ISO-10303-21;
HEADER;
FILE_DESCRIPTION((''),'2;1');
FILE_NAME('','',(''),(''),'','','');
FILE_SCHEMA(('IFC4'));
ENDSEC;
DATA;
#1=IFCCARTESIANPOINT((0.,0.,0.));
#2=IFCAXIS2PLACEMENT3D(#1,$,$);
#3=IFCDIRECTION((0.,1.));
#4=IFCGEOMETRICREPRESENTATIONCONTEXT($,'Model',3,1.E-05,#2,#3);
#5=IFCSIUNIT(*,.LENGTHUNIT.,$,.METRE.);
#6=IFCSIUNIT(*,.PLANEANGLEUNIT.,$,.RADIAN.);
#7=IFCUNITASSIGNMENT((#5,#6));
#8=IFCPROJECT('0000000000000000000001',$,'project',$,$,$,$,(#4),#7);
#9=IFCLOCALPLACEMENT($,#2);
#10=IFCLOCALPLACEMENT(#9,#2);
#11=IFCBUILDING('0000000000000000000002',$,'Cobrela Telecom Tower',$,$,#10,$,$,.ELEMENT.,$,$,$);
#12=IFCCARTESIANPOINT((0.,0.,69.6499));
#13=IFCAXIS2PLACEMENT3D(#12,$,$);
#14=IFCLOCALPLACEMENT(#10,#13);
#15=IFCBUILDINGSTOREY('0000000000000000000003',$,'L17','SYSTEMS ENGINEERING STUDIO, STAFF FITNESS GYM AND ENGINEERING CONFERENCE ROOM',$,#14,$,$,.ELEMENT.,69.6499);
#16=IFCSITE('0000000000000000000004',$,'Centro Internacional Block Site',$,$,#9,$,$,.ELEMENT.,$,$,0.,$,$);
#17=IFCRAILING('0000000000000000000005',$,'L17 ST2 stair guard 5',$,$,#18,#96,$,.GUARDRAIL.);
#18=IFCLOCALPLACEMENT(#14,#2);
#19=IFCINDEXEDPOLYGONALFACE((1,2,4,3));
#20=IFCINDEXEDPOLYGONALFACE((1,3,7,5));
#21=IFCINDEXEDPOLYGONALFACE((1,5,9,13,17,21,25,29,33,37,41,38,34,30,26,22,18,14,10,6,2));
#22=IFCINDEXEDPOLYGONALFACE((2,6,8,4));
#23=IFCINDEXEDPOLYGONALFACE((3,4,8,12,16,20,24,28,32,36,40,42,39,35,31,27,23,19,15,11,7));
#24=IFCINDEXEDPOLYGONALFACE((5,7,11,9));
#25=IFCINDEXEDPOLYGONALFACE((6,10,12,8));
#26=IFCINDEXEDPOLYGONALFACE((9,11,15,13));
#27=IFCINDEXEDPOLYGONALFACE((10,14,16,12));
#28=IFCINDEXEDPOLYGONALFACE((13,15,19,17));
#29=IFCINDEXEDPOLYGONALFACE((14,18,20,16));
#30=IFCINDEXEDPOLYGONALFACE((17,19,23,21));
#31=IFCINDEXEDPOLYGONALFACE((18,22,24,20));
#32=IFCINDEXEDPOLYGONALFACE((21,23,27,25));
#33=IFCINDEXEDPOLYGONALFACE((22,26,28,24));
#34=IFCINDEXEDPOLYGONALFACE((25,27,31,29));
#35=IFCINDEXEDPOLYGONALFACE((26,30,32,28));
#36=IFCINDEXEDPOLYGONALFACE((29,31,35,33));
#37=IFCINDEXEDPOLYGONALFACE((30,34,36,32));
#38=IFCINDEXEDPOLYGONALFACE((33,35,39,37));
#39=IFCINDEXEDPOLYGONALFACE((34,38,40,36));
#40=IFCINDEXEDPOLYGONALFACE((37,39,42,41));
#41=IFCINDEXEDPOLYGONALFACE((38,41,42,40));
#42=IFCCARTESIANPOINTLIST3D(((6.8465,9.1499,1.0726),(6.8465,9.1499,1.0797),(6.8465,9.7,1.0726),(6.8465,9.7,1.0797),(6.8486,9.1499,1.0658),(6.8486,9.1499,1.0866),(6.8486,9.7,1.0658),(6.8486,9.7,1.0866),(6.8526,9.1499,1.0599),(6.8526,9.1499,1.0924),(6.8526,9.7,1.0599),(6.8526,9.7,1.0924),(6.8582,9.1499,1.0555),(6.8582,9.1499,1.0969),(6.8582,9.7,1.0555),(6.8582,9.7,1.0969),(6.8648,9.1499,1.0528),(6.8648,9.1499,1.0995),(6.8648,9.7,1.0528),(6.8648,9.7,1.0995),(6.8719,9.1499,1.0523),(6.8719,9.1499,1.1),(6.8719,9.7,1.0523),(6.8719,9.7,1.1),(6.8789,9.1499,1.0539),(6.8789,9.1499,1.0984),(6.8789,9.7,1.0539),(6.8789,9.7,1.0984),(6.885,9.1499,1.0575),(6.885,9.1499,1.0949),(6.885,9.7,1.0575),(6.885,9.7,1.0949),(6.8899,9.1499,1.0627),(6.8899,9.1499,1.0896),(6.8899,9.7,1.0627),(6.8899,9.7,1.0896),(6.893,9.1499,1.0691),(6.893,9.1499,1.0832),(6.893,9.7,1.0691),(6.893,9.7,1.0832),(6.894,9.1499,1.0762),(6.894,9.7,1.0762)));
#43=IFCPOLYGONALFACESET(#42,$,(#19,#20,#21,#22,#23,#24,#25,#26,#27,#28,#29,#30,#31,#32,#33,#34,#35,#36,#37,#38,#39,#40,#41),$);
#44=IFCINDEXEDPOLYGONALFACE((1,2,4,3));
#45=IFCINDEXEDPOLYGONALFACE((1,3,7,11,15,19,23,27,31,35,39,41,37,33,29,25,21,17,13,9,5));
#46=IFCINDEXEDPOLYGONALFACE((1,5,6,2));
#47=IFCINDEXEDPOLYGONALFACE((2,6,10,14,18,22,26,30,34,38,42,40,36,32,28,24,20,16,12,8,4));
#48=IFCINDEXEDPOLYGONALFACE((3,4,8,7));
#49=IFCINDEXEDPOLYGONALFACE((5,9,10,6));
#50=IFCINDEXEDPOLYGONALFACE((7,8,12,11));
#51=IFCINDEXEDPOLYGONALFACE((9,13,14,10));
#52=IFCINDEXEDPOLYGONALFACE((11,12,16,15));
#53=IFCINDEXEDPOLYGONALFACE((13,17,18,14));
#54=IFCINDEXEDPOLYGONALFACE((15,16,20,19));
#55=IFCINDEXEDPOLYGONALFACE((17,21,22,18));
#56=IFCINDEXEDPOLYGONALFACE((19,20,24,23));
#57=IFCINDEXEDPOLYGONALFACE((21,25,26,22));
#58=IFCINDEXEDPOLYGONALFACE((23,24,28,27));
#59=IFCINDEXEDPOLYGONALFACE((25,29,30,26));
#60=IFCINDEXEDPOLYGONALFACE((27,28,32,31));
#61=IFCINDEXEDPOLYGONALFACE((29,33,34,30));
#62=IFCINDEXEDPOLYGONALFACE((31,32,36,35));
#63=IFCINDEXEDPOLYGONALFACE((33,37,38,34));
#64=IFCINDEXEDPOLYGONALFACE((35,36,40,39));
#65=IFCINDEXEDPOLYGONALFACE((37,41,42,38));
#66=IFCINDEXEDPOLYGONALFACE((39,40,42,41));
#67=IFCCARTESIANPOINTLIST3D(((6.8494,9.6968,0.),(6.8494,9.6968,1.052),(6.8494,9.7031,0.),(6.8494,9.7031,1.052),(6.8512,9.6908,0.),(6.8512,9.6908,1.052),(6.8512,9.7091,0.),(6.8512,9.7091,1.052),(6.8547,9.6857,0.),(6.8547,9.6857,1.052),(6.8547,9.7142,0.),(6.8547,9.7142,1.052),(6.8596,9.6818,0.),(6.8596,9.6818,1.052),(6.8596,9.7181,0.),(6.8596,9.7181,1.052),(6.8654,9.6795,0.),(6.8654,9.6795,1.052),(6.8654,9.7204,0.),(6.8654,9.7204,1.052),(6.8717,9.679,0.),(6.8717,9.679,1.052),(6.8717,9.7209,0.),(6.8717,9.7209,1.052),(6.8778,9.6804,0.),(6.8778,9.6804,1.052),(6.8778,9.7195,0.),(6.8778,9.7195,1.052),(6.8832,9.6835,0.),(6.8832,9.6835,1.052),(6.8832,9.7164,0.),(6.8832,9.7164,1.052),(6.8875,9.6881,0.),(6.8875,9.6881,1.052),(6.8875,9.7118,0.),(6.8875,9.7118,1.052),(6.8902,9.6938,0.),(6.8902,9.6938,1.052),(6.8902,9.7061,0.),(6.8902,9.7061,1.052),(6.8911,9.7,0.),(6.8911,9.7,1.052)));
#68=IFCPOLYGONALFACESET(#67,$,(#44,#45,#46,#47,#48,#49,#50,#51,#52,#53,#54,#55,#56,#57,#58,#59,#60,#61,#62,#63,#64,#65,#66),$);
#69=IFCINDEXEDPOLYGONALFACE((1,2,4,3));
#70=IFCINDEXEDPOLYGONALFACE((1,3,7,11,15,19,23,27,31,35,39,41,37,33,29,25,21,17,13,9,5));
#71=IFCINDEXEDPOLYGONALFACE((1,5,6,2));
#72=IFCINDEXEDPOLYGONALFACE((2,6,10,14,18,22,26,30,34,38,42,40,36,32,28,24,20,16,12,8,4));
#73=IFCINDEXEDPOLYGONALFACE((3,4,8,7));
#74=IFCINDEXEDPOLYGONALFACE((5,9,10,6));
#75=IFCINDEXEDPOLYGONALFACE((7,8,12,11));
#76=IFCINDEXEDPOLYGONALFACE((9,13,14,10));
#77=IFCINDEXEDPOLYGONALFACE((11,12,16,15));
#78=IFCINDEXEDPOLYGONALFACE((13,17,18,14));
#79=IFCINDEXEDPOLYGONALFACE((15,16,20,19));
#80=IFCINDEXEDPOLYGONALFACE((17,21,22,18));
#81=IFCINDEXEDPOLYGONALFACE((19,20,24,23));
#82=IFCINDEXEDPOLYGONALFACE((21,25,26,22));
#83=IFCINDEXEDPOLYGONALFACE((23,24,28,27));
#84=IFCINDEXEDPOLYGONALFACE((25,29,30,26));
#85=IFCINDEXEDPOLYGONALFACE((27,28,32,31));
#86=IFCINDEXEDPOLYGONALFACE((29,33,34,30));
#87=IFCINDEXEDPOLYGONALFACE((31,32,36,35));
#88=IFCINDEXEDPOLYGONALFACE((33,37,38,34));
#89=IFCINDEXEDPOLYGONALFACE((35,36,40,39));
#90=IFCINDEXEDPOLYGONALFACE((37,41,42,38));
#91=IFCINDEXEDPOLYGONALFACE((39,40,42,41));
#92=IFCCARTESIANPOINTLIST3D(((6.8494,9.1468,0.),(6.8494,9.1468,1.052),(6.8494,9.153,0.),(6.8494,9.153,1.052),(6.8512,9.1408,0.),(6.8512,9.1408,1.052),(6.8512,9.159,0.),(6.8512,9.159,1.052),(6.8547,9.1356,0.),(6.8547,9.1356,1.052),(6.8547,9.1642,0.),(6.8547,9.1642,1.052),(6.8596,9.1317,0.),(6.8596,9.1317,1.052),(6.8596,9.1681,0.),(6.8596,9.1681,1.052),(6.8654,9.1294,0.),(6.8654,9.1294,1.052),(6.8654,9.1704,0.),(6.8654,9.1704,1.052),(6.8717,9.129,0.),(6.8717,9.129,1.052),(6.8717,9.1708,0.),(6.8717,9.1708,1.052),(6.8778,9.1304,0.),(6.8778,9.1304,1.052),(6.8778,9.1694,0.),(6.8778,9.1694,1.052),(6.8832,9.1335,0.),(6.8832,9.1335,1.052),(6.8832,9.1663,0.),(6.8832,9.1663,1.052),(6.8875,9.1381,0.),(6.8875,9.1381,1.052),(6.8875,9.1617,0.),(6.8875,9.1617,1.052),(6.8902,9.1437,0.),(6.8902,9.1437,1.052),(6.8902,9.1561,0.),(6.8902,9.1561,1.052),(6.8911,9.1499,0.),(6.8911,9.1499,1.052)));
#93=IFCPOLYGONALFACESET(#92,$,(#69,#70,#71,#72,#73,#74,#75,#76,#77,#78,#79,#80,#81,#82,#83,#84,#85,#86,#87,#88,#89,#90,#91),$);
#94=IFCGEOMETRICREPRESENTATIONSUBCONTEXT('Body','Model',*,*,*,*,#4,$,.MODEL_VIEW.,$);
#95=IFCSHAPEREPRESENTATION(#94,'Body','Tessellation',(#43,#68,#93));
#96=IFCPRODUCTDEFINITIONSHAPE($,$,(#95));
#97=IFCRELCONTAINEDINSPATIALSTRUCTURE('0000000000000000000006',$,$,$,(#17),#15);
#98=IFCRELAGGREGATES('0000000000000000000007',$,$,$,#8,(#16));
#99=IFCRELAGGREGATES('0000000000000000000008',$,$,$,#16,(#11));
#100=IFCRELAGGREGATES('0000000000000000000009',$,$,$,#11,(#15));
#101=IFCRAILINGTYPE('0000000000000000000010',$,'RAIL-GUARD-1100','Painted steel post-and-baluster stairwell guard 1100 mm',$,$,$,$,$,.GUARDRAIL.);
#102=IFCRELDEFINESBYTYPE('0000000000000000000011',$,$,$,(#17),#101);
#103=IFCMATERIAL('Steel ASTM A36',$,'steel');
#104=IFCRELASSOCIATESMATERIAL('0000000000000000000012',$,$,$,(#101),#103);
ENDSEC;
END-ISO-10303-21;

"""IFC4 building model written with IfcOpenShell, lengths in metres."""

from ifc_helpers import new_model, si_unit, direction, frame, origin, origin_2d, place, context, subcontext, project, spatial, circle, extrude, material, type_object, element, save


model = new_model("IFC4")

# Units and contexts
model_context = context("Model", 3, precision=1e-05, world=origin(), true_north=direction((0.0, 1.0)))
body_context = subcontext(model_context, "Body", "Model", "MODEL_VIEW")
ifc_project = project(units=[si_unit("LENGTHUNIT", "METRE"), si_unit("PLANEANGLEUNIT", "RADIAN")], contexts=[model_context])

# Site, building, storey
site_placement = place(None, origin())
site = spatial("IfcSite", under=ifc_project, at=site_placement, Name="Centro Internacional Block Site", CompositionType="ELEMENT", RefElevation=0.0)
building_placement = place(site_placement, origin())
building = spatial("IfcBuilding", under=site, at=building_placement, Name="Cobrela Telecom Tower", CompositionType="ELEMENT")
storey_placement = place(building_placement, frame((0.0, 0.0, 69.6499)))
storey = spatial("IfcBuildingStorey", under=building, at=storey_placement, Name="L17", Description="SYSTEMS ENGINEERING STUDIO, STAFF FITNESS GYM AND ENGINEERING CONFERENCE ROOM", CompositionType="ELEMENT", Elevation=69.6499)

# Railing
ifc_material_1 = material(Name="Steel ASTM A36", Category="steel")
railing_type_1 = type_object("IfcRailingType", Name="RAIL-GUARD-1100", Description="Painted steel post-and-baluster stairwell guard 1100 mm", PredefinedType="GUARDRAIL", material=ifc_material_1)
railing_1_placement = place(storey_placement, frame((6.8701, 9.7, 0.0)))
element("IfcRailing", 1, at=railing_1_placement, inside=storey, type_object=railing_type_1, Name="L17 ST2 stair guard 5", PredefinedType="GUARDRAIL", context=body_context, shape_type="SweptSolid", body=[
    extrude(circle(Radius=0.0239, at=origin_2d()), frame((0.0, 0.0, 1.0762), z_axis=(0.0, -1.0, 0.0), x_axis=(1.0, 0.0, 0.0)), (0.0, 0.0, 1.0), 0.55),
    extrude(circle(Radius=0.021, at=origin_2d()), origin(), (0.0, 0.0, 1.0), 1.052),
    extrude(circle(Radius=0.021, at=origin_2d()), frame((0.0, -0.55, 0.0)), (0.0, 0.0, 1.0), 1.052),
])

save(model, "model.ifc")
